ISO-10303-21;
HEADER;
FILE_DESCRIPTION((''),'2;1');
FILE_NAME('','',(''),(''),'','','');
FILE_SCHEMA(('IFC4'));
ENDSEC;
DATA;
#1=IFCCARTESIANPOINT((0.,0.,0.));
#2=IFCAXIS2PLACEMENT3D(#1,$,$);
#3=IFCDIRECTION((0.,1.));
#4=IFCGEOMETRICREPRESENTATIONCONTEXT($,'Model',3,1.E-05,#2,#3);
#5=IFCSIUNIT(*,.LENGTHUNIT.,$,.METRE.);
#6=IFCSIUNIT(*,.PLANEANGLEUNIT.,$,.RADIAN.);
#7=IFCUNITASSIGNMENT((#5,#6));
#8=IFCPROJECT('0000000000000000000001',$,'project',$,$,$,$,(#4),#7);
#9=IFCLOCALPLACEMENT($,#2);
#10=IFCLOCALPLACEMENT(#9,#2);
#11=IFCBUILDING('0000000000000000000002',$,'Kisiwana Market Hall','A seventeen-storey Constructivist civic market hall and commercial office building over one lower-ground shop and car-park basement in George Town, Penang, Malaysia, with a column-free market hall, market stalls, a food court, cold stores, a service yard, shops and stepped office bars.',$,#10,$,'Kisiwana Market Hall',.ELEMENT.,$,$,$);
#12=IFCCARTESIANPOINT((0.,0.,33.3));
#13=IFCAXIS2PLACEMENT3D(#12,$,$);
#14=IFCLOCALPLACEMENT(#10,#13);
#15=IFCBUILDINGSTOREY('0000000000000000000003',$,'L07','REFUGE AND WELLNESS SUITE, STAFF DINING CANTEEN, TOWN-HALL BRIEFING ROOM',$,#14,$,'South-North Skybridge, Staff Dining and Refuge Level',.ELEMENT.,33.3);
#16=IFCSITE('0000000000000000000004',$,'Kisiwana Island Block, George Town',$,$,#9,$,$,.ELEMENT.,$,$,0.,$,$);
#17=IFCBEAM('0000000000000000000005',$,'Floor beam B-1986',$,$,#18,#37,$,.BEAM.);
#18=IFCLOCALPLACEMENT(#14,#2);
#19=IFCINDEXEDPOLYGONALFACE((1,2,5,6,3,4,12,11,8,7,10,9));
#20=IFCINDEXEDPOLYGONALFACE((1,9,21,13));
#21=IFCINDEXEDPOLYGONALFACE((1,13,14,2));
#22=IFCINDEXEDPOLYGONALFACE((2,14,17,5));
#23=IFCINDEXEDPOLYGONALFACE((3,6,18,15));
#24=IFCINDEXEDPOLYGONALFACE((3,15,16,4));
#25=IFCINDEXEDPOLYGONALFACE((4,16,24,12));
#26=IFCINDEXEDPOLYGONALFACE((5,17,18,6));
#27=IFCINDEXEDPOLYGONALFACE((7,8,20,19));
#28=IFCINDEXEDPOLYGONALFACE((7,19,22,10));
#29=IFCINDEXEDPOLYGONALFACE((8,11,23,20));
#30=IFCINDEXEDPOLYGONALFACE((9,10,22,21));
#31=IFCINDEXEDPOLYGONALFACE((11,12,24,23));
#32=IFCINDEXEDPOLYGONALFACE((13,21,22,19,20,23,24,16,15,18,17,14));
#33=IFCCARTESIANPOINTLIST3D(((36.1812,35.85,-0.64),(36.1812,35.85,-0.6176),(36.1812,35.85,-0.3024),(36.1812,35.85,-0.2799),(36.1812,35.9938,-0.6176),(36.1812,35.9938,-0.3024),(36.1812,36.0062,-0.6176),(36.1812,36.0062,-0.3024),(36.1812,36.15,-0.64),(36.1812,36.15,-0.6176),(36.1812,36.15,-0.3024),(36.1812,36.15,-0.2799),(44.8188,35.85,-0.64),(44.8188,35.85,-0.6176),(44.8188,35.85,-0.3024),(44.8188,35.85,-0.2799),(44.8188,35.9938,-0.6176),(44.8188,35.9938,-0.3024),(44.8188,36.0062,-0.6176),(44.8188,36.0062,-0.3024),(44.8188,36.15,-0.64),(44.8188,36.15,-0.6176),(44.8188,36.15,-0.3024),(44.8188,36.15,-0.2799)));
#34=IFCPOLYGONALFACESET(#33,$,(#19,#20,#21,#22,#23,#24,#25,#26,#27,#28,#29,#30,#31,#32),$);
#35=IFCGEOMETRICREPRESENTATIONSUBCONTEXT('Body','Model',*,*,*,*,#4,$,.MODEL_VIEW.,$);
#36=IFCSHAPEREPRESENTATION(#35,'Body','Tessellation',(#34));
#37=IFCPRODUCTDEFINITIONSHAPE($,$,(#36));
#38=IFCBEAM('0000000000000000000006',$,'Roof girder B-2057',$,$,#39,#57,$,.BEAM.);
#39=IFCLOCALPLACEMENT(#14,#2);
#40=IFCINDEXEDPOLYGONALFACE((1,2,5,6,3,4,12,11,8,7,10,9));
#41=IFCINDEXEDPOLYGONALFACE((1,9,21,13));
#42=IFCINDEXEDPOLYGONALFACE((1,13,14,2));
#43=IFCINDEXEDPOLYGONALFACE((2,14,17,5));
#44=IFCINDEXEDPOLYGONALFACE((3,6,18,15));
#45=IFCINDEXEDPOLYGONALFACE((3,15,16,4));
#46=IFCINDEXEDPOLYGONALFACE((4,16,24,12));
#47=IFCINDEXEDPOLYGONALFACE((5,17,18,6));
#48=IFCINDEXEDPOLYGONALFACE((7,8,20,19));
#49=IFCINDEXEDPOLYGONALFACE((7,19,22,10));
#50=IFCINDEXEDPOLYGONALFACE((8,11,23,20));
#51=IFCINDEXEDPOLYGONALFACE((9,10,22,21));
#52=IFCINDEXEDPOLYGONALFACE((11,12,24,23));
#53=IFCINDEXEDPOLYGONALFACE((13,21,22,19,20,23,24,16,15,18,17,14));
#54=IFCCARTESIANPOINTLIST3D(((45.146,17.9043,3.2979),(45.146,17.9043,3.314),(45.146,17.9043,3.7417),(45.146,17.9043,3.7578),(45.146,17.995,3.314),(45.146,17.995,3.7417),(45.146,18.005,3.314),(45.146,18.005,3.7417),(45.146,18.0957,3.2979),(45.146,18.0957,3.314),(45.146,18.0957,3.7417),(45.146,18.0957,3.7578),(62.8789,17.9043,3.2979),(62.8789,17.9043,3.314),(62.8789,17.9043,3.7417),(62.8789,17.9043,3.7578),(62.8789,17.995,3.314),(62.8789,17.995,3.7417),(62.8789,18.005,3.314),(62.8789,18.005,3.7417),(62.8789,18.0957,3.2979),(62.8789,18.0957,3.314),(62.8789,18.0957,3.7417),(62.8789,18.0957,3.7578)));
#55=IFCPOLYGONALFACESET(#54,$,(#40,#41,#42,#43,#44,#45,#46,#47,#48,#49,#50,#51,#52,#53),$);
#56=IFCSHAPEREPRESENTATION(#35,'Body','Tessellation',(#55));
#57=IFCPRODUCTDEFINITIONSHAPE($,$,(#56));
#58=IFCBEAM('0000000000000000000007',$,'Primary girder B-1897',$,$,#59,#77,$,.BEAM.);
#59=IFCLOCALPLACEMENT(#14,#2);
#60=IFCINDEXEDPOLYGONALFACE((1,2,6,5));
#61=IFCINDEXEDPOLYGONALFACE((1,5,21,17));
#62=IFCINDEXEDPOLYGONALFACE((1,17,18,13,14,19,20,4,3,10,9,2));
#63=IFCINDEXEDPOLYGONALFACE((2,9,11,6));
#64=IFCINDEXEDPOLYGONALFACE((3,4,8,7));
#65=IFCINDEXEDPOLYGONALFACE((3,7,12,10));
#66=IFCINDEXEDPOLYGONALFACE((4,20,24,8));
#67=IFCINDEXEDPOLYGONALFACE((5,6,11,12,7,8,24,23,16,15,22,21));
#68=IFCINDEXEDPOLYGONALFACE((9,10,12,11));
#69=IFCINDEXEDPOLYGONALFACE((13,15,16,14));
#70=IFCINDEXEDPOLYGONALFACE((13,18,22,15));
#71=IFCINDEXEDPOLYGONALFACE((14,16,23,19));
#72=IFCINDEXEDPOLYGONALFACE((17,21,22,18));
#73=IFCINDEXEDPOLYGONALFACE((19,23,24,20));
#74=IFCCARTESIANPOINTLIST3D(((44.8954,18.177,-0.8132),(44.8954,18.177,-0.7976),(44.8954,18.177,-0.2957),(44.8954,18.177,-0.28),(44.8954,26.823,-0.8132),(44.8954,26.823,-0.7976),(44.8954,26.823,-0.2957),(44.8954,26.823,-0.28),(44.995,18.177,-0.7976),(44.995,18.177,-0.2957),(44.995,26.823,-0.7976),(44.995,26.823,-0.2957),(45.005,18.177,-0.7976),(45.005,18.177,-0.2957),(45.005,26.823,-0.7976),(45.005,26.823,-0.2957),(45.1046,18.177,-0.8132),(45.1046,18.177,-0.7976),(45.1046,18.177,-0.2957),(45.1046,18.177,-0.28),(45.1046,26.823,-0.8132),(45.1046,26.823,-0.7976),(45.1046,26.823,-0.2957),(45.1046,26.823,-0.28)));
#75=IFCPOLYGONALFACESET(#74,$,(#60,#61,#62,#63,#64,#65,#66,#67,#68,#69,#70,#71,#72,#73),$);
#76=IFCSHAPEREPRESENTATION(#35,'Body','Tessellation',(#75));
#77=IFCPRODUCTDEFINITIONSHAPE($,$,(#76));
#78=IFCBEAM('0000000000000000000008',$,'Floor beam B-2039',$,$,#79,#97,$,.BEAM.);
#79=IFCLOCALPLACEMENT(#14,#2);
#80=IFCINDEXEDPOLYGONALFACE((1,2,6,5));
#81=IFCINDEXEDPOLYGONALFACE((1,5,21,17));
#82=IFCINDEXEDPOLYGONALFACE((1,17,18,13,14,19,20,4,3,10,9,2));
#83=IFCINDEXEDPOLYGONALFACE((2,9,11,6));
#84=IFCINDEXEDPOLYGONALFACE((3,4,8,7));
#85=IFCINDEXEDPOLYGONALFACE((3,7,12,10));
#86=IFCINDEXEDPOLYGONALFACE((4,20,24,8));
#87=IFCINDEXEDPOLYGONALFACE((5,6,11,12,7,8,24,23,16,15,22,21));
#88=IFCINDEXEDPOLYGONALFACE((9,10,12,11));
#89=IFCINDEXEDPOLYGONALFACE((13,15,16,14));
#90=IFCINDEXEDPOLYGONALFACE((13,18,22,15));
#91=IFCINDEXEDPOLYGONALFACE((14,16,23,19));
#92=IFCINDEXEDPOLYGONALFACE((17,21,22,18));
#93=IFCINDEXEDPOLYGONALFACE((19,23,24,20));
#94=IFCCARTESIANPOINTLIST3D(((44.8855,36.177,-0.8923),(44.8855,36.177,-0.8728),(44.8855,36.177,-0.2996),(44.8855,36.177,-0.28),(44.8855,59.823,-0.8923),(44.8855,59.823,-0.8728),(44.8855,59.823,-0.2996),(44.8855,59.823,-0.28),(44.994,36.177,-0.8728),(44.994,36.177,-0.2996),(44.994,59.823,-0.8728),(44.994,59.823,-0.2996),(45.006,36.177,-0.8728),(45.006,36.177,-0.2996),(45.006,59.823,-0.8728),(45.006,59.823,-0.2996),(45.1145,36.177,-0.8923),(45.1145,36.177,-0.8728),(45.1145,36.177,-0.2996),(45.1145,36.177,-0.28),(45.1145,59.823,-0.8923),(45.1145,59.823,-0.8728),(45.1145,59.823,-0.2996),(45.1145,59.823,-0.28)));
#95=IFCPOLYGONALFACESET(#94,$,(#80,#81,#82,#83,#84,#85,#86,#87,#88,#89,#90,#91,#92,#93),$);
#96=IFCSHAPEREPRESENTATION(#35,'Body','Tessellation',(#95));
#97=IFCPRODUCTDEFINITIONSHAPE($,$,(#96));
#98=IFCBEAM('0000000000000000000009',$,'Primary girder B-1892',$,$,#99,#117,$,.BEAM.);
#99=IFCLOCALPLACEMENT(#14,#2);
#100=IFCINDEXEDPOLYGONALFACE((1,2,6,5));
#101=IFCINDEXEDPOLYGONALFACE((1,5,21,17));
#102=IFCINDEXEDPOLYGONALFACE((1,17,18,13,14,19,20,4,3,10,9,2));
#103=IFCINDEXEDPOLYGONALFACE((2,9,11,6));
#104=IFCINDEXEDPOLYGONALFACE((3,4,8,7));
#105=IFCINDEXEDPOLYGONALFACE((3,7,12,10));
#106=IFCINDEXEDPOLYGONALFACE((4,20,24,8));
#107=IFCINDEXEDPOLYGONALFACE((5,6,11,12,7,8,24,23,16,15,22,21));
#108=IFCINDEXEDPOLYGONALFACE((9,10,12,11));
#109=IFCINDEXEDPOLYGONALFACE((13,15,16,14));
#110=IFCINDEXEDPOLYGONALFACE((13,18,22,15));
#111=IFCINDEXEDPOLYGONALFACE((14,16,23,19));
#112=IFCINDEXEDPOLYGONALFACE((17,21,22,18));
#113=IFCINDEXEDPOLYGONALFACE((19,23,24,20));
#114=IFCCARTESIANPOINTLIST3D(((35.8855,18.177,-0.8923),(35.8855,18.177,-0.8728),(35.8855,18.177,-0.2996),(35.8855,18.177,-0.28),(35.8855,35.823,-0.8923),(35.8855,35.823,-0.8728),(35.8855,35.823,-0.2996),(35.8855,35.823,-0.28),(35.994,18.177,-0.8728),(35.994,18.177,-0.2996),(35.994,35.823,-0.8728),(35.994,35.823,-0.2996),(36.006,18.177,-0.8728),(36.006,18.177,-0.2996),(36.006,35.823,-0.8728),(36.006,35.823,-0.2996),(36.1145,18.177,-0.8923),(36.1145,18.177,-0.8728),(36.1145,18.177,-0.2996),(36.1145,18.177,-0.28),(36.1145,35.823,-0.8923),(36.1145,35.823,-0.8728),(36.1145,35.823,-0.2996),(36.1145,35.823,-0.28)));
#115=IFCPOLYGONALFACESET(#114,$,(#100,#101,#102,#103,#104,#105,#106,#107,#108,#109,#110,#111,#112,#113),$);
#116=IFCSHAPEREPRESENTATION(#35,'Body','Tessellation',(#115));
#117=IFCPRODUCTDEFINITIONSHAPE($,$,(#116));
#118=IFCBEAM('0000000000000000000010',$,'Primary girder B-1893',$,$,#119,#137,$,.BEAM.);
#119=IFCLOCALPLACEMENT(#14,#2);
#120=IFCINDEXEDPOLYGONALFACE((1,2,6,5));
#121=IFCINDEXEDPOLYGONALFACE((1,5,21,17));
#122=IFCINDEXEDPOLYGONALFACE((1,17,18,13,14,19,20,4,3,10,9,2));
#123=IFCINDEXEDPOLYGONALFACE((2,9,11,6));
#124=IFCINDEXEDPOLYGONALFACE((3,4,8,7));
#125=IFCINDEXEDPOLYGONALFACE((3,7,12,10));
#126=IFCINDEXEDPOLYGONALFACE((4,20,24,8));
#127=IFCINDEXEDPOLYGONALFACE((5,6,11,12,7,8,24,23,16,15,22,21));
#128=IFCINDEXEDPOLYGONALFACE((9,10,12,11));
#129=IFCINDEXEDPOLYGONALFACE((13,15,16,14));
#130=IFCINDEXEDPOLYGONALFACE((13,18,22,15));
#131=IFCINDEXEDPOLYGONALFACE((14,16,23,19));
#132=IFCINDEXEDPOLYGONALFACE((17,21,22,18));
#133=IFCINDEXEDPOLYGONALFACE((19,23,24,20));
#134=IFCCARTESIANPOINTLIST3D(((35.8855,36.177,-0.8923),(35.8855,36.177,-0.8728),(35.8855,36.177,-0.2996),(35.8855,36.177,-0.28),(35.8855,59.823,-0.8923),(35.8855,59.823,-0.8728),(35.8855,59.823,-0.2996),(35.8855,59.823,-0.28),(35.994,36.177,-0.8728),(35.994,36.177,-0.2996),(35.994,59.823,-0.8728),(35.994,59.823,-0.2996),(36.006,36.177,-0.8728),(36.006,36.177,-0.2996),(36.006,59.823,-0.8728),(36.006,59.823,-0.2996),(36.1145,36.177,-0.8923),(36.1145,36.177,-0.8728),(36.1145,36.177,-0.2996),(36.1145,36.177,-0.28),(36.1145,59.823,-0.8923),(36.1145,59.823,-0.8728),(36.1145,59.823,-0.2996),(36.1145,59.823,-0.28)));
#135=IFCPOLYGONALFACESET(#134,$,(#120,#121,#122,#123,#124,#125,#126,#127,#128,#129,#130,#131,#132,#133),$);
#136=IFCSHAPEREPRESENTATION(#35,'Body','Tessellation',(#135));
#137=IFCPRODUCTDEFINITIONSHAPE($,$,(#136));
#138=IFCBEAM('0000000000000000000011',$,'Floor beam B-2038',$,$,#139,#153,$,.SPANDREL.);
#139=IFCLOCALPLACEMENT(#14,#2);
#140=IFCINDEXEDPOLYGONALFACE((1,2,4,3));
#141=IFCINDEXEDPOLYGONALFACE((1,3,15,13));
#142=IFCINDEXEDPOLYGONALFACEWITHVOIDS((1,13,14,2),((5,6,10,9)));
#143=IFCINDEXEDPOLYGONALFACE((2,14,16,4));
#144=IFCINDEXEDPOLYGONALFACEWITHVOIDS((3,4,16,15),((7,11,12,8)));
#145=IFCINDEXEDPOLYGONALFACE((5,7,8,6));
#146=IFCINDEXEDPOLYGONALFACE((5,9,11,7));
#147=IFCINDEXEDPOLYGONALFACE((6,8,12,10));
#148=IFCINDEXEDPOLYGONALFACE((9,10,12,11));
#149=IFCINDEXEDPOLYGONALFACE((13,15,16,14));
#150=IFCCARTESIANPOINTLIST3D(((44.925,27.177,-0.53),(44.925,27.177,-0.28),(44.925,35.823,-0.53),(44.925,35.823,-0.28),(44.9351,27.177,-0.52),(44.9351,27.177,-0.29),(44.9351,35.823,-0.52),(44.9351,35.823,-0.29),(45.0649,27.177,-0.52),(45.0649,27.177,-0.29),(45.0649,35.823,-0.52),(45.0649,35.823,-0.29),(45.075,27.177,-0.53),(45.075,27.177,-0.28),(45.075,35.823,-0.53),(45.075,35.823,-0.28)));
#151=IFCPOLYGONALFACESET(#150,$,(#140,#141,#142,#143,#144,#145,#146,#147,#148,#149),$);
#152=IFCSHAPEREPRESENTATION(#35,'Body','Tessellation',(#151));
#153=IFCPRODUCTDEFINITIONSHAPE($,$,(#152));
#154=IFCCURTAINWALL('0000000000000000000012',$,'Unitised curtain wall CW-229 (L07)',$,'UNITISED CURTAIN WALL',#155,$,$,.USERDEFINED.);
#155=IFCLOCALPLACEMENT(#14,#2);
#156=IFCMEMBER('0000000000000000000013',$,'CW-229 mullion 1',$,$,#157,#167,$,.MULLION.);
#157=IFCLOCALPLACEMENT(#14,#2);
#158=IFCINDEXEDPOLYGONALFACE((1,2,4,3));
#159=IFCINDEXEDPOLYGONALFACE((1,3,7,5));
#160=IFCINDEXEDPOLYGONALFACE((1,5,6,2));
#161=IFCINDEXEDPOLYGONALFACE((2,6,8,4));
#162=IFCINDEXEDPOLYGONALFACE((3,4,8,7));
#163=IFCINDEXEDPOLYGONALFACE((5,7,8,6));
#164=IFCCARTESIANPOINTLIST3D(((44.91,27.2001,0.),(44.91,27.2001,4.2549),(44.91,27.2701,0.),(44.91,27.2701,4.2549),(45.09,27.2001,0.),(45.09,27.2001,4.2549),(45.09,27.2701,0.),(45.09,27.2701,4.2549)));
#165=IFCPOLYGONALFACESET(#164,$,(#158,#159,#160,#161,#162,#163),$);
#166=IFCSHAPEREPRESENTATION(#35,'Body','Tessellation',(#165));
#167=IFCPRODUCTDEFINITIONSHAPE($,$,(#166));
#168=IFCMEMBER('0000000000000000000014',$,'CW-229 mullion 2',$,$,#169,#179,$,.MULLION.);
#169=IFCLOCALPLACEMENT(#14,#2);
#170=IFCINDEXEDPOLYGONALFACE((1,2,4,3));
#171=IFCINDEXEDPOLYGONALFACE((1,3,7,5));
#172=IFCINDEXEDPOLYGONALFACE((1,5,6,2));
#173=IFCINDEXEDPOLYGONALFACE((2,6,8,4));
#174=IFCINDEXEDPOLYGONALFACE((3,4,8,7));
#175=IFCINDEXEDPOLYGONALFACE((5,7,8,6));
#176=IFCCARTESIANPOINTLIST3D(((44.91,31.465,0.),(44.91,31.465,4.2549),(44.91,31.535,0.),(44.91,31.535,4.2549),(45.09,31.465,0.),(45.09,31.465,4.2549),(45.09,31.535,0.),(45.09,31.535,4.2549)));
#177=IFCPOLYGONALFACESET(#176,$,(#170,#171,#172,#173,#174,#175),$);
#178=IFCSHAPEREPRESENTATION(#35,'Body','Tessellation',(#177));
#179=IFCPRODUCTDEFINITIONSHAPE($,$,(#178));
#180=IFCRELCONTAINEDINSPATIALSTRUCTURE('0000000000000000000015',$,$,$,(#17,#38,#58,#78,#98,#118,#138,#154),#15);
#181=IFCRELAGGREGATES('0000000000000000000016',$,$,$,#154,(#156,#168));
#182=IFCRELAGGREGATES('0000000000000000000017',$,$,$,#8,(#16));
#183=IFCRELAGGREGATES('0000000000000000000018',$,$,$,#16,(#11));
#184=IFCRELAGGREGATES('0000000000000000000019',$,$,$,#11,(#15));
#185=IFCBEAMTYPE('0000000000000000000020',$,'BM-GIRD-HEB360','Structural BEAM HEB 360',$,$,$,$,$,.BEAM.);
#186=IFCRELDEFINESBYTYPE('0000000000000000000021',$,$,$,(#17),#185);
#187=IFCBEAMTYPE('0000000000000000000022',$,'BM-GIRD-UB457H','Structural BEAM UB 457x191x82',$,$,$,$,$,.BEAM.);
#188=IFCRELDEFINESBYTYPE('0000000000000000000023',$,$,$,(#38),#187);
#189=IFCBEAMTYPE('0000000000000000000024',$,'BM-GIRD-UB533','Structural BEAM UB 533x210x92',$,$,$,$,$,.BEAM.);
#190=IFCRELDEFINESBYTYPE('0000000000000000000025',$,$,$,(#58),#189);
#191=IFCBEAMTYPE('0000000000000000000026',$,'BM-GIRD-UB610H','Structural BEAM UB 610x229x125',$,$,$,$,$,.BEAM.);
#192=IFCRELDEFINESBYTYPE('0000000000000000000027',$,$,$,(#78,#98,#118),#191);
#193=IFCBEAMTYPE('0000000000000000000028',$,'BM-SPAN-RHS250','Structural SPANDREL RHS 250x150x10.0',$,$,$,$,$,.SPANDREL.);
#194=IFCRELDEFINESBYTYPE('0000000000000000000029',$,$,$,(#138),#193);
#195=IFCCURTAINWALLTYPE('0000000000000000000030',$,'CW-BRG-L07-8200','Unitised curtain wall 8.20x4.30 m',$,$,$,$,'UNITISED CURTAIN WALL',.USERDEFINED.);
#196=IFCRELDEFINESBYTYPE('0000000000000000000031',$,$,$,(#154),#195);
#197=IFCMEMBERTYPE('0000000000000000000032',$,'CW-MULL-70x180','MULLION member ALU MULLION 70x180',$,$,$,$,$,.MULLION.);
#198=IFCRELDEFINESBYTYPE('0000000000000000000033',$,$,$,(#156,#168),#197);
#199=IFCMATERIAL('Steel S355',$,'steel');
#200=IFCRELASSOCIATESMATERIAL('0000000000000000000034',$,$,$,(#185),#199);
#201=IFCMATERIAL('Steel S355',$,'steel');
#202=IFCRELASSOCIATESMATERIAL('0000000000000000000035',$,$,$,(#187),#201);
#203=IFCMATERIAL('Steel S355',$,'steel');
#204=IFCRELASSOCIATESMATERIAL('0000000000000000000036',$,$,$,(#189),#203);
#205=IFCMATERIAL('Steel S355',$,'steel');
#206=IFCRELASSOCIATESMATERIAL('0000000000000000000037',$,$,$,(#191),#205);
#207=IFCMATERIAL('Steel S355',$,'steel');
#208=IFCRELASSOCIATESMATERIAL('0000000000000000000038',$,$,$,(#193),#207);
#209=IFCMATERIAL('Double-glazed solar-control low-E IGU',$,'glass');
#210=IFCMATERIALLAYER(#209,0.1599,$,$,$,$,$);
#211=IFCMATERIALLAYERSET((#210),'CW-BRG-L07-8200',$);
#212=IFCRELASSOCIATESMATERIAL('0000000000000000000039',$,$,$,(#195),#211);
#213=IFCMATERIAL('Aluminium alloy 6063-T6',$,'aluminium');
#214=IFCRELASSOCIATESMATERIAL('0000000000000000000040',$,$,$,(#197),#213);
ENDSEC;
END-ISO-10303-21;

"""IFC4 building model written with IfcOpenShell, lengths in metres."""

from ifc_helpers import new_model, si_unit, direction, frame, origin, origin_2d, place, context, subcontext, project, spatial, rectangle, hollow_rectangle, i_section, extrude, material, layer, layer_set, material_profile, profile_set, type_object, element, aggregate, save


model = new_model("IFC4")

# Units and contexts
model_context = context("Model", 3, precision=1e-05, world=origin(), true_north=direction((0.0, 1.0)))
body_context = subcontext(model_context, "Body", "Model", "MODEL_VIEW")
ifc_project = project(units=[si_unit("LENGTHUNIT", "METRE"), si_unit("PLANEANGLEUNIT", "RADIAN")], contexts=[model_context])

# Site, building, storey
site_placement = place(None, origin())
site = spatial("IfcSite", under=ifc_project, at=site_placement, Name="Kisiwana Island Block, George Town", CompositionType="ELEMENT", RefElevation=0.0)
building_placement = place(site_placement, origin())
building = spatial("IfcBuilding", under=site, at=building_placement, Name="Kisiwana Market Hall", Description="A seventeen-storey Constructivist civic market hall and commercial office building over one lower-ground shop and car-park basement in George Town, Penang, Malaysia, with a column-free market hall, market stalls, a food court, cold stores, a service yard, shops and stepped office bars.", LongName="Kisiwana Market Hall", CompositionType="ELEMENT")
storey_placement = place(building_placement, frame((0.0, 0.0, 33.3)))
storey = spatial("IfcBuildingStorey", under=building, at=storey_placement, Name="L07", Description="REFUGE AND WELLNESS SUITE, STAFF DINING CANTEEN, TOWN-HALL BRIEFING ROOM", LongName="South-North Skybridge, Staff Dining and Refuge Level", CompositionType="ELEMENT", Elevation=33.3)

# Beams
ifc_material_1 = material(Name="Steel S355", Category="steel")
ifc_material_profile_1 = material_profile(ifc_material_1, i_section(OverallWidth=0.3, OverallDepth=0.3601, WebThickness=0.0125, FlangeThickness=0.0225, at=origin_2d()), Name="HEB 360")
ifc_profile_set_1 = profile_set([ifc_material_profile_1], Name="Steel S355")
beam_type_1 = type_object("IfcBeamType", Name="BM-GIRD-HEB360", Description="Structural BEAM HEB 360", PredefinedType="BEAM", material=ifc_profile_set_1)
beam_1_placement = place(storey_placement, frame((36.1812, 36.0, -0.46), z_axis=(1.0, 0.0, 0.0), x_axis=(0.0, 1.0, 0.0)))
element("IfcBeam", 1, at=beam_1_placement, inside=storey, type_object=beam_type_1, Name="Floor beam B-1986", PredefinedType="BEAM", context=body_context, shape_type="SweptSolid", body=[
    extrude(i_section(OverallWidth=0.3, OverallDepth=0.3601, WebThickness=0.0125, FlangeThickness=0.0225, at=origin_2d()), origin(), (0.0, 0.0, 1.0), 8.6377),
])
ifc_material_2 = material(Name="Steel S355", Category="steel")
ifc_material_profile_2 = material_profile(ifc_material_2, i_section(OverallWidth=0.1914, OverallDepth=0.46, WebThickness=0.01, FlangeThickness=0.0161, at=origin_2d()), Name="UB 457x191x82")
ifc_profile_set_2 = profile_set([ifc_material_profile_2], Name="Steel S355")
beam_type_2 = type_object("IfcBeamType", Name="BM-GIRD-UB457H", Description="Structural BEAM UB 457x191x82", PredefinedType="BEAM", material=ifc_profile_set_2)
beam_2_placement = place(storey_placement, frame((45.146, 18.0, 3.5278), z_axis=(1.0, 0.0, 0.0), x_axis=(0.0, 1.0, 0.0)))
element("IfcBeam", 2, at=beam_2_placement, inside=storey, type_object=beam_type_2, Name="Roof girder B-2057", PredefinedType="BEAM", context=body_context, shape_type="SweptSolid", body=[
    extrude(i_section(OverallWidth=0.1914, OverallDepth=0.46, WebThickness=0.01, FlangeThickness=0.0161, at=origin_2d()), origin(), (0.0, 0.0, 1.0), 17.7329),
])
ifc_material_3 = material(Name="Steel S355", Category="steel")
ifc_material_profile_3 = material_profile(ifc_material_3, i_section(OverallWidth=0.2092, OverallDepth=0.5332, WebThickness=0.01, FlangeThickness=0.0156, at=origin_2d()), Name="UB 533x210x92")
ifc_profile_set_3 = profile_set([ifc_material_profile_3], Name="Steel S355")
beam_type_3 = type_object("IfcBeamType", Name="BM-GIRD-UB533", Description="Structural BEAM UB 533x210x92", PredefinedType="BEAM", material=ifc_profile_set_3)
beam_3_placement = place(storey_placement, frame((45.0, 18.177, -0.5466), z_axis=(0.0, 1.0, 0.0), x_axis=(-1.0, 0.0, 0.0)))
element("IfcBeam", 3, at=beam_3_placement, inside=storey, type_object=beam_type_3, Name="Primary girder B-1897", PredefinedType="BEAM", context=body_context, shape_type="SweptSolid", body=[
    extrude(i_section(OverallWidth=0.2092, OverallDepth=0.5332, WebThickness=0.01, FlangeThickness=0.0156, at=origin_2d()), origin(), (0.0, 0.0, 1.0), 8.646),
])
ifc_material_4 = material(Name="Steel S355", Category="steel")
ifc_material_profile_4 = material_profile(ifc_material_4, i_section(OverallWidth=0.229, OverallDepth=0.6123, WebThickness=0.012, FlangeThickness=0.0195, at=origin_2d()), Name="UB 610x229x125")
ifc_profile_set_4 = profile_set([ifc_material_profile_4], Name="Steel S355")
beam_type_4 = type_object("IfcBeamType", Name="BM-GIRD-UB610H", Description="Structural BEAM UB 610x229x125", PredefinedType="BEAM", material=ifc_profile_set_4)
beam_4_placement = place(storey_placement, frame((45.0, 36.177, -0.5862), z_axis=(0.0, 1.0, 0.0), x_axis=(-1.0, 0.0, 0.0)))
element("IfcBeam", 4, at=beam_4_placement, inside=storey, type_object=beam_type_4, Name="Floor beam B-2039", PredefinedType="BEAM", context=body_context, shape_type="SweptSolid", body=[
    extrude(i_section(OverallWidth=0.229, OverallDepth=0.6123, WebThickness=0.012, FlangeThickness=0.0195, at=origin_2d()), origin(), (0.0, 0.0, 1.0), 23.646),
])
beam_5_placement = place(storey_placement, frame((36.0, 18.177, -0.5862), z_axis=(0.0, 1.0, 0.0), x_axis=(-1.0, 0.0, 0.0)))
element("IfcBeam", 5, at=beam_5_placement, inside=storey, type_object=beam_type_4, Name="Primary girder B-1892", PredefinedType="BEAM", context=body_context, shape_type="SweptSolid", body=[
    extrude(i_section(OverallWidth=0.229, OverallDepth=0.6123, WebThickness=0.012, FlangeThickness=0.0195, at=origin_2d()), origin(), (0.0, 0.0, 1.0), 17.646),
])
beam_6_placement = place(storey_placement, frame((36.0, 36.177, -0.5862), z_axis=(0.0, 1.0, 0.0), x_axis=(-1.0, 0.0, 0.0)))
element("IfcBeam", 6, at=beam_6_placement, inside=storey, type_object=beam_type_4, Name="Primary girder B-1893", PredefinedType="BEAM", context=body_context, shape_type="SweptSolid", body=[
    extrude(i_section(OverallWidth=0.229, OverallDepth=0.6123, WebThickness=0.012, FlangeThickness=0.0195, at=origin_2d()), origin(), (0.0, 0.0, 1.0), 23.646),
])
ifc_material_5 = material(Name="Steel S355", Category="steel")
ifc_material_profile_5 = material_profile(ifc_material_5, hollow_rectangle(XDim=0.1499, YDim=0.25, WallThickness=0.01, at=origin_2d()), Name="RHS 250x150x10.0")
ifc_profile_set_5 = profile_set([ifc_material_profile_5], Name="Steel S355")
beam_type_5 = type_object("IfcBeamType", Name="BM-SPAN-RHS250", Description="Structural SPANDREL RHS 250x150x10.0", PredefinedType="SPANDREL", material=ifc_profile_set_5)
beam_7_placement = place(storey_placement, frame((45.0, 27.177, -0.405), z_axis=(0.0, 1.0, 0.0), x_axis=(-1.0, 0.0, 0.0)))
element("IfcBeam", 7, at=beam_7_placement, inside=storey, type_object=beam_type_5, Name="Floor beam B-2038", PredefinedType="SPANDREL", context=body_context, shape_type="SweptSolid", body=[
    extrude(hollow_rectangle(XDim=0.1499, YDim=0.25, WallThickness=0.01, at=origin_2d()), origin(), (0.0, 0.0, 1.0), 8.646),
])

# Curtain wall, members
ifc_material_6 = material(Name="Double-glazed solar-control low-E IGU", Category="glass")
ifc_layer_1 = layer(ifc_material_6, 0.1599)
ifc_layer_set_1 = layer_set([ifc_layer_1], Name="CW-BRG-L07-8200")
curtain_wall_type = type_object("IfcCurtainWallType", Name="CW-BRG-L07-8200", Description="Unitised curtain wall 8.20x4.30 m", ElementType="UNITISED CURTAIN WALL", PredefinedType="USERDEFINED", material=ifc_layer_set_1)
curtain_wall_placement = place(storey_placement, origin())
curtain_wall = element("IfcCurtainWall", 8, at=curtain_wall_placement, inside=storey, type_object=curtain_wall_type, Name="Unitised curtain wall CW-229 (L07)", ObjectType="UNITISED CURTAIN WALL", PredefinedType="USERDEFINED")
ifc_material_7 = material(Name="Aluminium alloy 6063-T6", Category="aluminium")
ifc_material_profile_6 = material_profile(ifc_material_7, rectangle(XDim=0.0701, YDim=0.1799, at=origin_2d()), Name="ALU MULLION 70x180")
ifc_profile_set_6 = profile_set([ifc_material_profile_6], Name="Aluminium alloy 6063-T6")
member_type_1 = type_object("IfcMemberType", Name="CW-MULL-70x180", Description="MULLION member ALU MULLION 70x180", PredefinedType="MULLION", material=ifc_profile_set_6)
member_1_placement = place(storey_placement, frame((45.0, 27.2351, 0.0), z_axis=(0.0, 0.0, 1.0), x_axis=(0.0, 1.0, 0.0)))
member_1 = element("IfcMember", 9, at=member_1_placement, type_object=member_type_1, Name="CW-229 mullion 1", PredefinedType="MULLION", context=body_context, shape_type="SweptSolid", body=[
    extrude(rectangle(XDim=0.0701, YDim=0.1799, at=origin_2d()), origin(), (0.0, 0.0, 1.0), 4.2549),
])
member_2_placement = place(storey_placement, frame((45.0, 31.5, 0.0), z_axis=(0.0, 0.0, 1.0), x_axis=(0.0, 1.0, 0.0)))
member_2 = element("IfcMember", 10, at=member_2_placement, type_object=member_type_1, Name="CW-229 mullion 2", PredefinedType="MULLION", context=body_context, shape_type="SweptSolid", body=[
    extrude(rectangle(XDim=0.0701, YDim=0.1799, at=origin_2d()), origin(), (0.0, 0.0, 1.0), 4.2549),
])

aggregate(curtain_wall, [member_1, member_2])

save(model, "model.ifc")
